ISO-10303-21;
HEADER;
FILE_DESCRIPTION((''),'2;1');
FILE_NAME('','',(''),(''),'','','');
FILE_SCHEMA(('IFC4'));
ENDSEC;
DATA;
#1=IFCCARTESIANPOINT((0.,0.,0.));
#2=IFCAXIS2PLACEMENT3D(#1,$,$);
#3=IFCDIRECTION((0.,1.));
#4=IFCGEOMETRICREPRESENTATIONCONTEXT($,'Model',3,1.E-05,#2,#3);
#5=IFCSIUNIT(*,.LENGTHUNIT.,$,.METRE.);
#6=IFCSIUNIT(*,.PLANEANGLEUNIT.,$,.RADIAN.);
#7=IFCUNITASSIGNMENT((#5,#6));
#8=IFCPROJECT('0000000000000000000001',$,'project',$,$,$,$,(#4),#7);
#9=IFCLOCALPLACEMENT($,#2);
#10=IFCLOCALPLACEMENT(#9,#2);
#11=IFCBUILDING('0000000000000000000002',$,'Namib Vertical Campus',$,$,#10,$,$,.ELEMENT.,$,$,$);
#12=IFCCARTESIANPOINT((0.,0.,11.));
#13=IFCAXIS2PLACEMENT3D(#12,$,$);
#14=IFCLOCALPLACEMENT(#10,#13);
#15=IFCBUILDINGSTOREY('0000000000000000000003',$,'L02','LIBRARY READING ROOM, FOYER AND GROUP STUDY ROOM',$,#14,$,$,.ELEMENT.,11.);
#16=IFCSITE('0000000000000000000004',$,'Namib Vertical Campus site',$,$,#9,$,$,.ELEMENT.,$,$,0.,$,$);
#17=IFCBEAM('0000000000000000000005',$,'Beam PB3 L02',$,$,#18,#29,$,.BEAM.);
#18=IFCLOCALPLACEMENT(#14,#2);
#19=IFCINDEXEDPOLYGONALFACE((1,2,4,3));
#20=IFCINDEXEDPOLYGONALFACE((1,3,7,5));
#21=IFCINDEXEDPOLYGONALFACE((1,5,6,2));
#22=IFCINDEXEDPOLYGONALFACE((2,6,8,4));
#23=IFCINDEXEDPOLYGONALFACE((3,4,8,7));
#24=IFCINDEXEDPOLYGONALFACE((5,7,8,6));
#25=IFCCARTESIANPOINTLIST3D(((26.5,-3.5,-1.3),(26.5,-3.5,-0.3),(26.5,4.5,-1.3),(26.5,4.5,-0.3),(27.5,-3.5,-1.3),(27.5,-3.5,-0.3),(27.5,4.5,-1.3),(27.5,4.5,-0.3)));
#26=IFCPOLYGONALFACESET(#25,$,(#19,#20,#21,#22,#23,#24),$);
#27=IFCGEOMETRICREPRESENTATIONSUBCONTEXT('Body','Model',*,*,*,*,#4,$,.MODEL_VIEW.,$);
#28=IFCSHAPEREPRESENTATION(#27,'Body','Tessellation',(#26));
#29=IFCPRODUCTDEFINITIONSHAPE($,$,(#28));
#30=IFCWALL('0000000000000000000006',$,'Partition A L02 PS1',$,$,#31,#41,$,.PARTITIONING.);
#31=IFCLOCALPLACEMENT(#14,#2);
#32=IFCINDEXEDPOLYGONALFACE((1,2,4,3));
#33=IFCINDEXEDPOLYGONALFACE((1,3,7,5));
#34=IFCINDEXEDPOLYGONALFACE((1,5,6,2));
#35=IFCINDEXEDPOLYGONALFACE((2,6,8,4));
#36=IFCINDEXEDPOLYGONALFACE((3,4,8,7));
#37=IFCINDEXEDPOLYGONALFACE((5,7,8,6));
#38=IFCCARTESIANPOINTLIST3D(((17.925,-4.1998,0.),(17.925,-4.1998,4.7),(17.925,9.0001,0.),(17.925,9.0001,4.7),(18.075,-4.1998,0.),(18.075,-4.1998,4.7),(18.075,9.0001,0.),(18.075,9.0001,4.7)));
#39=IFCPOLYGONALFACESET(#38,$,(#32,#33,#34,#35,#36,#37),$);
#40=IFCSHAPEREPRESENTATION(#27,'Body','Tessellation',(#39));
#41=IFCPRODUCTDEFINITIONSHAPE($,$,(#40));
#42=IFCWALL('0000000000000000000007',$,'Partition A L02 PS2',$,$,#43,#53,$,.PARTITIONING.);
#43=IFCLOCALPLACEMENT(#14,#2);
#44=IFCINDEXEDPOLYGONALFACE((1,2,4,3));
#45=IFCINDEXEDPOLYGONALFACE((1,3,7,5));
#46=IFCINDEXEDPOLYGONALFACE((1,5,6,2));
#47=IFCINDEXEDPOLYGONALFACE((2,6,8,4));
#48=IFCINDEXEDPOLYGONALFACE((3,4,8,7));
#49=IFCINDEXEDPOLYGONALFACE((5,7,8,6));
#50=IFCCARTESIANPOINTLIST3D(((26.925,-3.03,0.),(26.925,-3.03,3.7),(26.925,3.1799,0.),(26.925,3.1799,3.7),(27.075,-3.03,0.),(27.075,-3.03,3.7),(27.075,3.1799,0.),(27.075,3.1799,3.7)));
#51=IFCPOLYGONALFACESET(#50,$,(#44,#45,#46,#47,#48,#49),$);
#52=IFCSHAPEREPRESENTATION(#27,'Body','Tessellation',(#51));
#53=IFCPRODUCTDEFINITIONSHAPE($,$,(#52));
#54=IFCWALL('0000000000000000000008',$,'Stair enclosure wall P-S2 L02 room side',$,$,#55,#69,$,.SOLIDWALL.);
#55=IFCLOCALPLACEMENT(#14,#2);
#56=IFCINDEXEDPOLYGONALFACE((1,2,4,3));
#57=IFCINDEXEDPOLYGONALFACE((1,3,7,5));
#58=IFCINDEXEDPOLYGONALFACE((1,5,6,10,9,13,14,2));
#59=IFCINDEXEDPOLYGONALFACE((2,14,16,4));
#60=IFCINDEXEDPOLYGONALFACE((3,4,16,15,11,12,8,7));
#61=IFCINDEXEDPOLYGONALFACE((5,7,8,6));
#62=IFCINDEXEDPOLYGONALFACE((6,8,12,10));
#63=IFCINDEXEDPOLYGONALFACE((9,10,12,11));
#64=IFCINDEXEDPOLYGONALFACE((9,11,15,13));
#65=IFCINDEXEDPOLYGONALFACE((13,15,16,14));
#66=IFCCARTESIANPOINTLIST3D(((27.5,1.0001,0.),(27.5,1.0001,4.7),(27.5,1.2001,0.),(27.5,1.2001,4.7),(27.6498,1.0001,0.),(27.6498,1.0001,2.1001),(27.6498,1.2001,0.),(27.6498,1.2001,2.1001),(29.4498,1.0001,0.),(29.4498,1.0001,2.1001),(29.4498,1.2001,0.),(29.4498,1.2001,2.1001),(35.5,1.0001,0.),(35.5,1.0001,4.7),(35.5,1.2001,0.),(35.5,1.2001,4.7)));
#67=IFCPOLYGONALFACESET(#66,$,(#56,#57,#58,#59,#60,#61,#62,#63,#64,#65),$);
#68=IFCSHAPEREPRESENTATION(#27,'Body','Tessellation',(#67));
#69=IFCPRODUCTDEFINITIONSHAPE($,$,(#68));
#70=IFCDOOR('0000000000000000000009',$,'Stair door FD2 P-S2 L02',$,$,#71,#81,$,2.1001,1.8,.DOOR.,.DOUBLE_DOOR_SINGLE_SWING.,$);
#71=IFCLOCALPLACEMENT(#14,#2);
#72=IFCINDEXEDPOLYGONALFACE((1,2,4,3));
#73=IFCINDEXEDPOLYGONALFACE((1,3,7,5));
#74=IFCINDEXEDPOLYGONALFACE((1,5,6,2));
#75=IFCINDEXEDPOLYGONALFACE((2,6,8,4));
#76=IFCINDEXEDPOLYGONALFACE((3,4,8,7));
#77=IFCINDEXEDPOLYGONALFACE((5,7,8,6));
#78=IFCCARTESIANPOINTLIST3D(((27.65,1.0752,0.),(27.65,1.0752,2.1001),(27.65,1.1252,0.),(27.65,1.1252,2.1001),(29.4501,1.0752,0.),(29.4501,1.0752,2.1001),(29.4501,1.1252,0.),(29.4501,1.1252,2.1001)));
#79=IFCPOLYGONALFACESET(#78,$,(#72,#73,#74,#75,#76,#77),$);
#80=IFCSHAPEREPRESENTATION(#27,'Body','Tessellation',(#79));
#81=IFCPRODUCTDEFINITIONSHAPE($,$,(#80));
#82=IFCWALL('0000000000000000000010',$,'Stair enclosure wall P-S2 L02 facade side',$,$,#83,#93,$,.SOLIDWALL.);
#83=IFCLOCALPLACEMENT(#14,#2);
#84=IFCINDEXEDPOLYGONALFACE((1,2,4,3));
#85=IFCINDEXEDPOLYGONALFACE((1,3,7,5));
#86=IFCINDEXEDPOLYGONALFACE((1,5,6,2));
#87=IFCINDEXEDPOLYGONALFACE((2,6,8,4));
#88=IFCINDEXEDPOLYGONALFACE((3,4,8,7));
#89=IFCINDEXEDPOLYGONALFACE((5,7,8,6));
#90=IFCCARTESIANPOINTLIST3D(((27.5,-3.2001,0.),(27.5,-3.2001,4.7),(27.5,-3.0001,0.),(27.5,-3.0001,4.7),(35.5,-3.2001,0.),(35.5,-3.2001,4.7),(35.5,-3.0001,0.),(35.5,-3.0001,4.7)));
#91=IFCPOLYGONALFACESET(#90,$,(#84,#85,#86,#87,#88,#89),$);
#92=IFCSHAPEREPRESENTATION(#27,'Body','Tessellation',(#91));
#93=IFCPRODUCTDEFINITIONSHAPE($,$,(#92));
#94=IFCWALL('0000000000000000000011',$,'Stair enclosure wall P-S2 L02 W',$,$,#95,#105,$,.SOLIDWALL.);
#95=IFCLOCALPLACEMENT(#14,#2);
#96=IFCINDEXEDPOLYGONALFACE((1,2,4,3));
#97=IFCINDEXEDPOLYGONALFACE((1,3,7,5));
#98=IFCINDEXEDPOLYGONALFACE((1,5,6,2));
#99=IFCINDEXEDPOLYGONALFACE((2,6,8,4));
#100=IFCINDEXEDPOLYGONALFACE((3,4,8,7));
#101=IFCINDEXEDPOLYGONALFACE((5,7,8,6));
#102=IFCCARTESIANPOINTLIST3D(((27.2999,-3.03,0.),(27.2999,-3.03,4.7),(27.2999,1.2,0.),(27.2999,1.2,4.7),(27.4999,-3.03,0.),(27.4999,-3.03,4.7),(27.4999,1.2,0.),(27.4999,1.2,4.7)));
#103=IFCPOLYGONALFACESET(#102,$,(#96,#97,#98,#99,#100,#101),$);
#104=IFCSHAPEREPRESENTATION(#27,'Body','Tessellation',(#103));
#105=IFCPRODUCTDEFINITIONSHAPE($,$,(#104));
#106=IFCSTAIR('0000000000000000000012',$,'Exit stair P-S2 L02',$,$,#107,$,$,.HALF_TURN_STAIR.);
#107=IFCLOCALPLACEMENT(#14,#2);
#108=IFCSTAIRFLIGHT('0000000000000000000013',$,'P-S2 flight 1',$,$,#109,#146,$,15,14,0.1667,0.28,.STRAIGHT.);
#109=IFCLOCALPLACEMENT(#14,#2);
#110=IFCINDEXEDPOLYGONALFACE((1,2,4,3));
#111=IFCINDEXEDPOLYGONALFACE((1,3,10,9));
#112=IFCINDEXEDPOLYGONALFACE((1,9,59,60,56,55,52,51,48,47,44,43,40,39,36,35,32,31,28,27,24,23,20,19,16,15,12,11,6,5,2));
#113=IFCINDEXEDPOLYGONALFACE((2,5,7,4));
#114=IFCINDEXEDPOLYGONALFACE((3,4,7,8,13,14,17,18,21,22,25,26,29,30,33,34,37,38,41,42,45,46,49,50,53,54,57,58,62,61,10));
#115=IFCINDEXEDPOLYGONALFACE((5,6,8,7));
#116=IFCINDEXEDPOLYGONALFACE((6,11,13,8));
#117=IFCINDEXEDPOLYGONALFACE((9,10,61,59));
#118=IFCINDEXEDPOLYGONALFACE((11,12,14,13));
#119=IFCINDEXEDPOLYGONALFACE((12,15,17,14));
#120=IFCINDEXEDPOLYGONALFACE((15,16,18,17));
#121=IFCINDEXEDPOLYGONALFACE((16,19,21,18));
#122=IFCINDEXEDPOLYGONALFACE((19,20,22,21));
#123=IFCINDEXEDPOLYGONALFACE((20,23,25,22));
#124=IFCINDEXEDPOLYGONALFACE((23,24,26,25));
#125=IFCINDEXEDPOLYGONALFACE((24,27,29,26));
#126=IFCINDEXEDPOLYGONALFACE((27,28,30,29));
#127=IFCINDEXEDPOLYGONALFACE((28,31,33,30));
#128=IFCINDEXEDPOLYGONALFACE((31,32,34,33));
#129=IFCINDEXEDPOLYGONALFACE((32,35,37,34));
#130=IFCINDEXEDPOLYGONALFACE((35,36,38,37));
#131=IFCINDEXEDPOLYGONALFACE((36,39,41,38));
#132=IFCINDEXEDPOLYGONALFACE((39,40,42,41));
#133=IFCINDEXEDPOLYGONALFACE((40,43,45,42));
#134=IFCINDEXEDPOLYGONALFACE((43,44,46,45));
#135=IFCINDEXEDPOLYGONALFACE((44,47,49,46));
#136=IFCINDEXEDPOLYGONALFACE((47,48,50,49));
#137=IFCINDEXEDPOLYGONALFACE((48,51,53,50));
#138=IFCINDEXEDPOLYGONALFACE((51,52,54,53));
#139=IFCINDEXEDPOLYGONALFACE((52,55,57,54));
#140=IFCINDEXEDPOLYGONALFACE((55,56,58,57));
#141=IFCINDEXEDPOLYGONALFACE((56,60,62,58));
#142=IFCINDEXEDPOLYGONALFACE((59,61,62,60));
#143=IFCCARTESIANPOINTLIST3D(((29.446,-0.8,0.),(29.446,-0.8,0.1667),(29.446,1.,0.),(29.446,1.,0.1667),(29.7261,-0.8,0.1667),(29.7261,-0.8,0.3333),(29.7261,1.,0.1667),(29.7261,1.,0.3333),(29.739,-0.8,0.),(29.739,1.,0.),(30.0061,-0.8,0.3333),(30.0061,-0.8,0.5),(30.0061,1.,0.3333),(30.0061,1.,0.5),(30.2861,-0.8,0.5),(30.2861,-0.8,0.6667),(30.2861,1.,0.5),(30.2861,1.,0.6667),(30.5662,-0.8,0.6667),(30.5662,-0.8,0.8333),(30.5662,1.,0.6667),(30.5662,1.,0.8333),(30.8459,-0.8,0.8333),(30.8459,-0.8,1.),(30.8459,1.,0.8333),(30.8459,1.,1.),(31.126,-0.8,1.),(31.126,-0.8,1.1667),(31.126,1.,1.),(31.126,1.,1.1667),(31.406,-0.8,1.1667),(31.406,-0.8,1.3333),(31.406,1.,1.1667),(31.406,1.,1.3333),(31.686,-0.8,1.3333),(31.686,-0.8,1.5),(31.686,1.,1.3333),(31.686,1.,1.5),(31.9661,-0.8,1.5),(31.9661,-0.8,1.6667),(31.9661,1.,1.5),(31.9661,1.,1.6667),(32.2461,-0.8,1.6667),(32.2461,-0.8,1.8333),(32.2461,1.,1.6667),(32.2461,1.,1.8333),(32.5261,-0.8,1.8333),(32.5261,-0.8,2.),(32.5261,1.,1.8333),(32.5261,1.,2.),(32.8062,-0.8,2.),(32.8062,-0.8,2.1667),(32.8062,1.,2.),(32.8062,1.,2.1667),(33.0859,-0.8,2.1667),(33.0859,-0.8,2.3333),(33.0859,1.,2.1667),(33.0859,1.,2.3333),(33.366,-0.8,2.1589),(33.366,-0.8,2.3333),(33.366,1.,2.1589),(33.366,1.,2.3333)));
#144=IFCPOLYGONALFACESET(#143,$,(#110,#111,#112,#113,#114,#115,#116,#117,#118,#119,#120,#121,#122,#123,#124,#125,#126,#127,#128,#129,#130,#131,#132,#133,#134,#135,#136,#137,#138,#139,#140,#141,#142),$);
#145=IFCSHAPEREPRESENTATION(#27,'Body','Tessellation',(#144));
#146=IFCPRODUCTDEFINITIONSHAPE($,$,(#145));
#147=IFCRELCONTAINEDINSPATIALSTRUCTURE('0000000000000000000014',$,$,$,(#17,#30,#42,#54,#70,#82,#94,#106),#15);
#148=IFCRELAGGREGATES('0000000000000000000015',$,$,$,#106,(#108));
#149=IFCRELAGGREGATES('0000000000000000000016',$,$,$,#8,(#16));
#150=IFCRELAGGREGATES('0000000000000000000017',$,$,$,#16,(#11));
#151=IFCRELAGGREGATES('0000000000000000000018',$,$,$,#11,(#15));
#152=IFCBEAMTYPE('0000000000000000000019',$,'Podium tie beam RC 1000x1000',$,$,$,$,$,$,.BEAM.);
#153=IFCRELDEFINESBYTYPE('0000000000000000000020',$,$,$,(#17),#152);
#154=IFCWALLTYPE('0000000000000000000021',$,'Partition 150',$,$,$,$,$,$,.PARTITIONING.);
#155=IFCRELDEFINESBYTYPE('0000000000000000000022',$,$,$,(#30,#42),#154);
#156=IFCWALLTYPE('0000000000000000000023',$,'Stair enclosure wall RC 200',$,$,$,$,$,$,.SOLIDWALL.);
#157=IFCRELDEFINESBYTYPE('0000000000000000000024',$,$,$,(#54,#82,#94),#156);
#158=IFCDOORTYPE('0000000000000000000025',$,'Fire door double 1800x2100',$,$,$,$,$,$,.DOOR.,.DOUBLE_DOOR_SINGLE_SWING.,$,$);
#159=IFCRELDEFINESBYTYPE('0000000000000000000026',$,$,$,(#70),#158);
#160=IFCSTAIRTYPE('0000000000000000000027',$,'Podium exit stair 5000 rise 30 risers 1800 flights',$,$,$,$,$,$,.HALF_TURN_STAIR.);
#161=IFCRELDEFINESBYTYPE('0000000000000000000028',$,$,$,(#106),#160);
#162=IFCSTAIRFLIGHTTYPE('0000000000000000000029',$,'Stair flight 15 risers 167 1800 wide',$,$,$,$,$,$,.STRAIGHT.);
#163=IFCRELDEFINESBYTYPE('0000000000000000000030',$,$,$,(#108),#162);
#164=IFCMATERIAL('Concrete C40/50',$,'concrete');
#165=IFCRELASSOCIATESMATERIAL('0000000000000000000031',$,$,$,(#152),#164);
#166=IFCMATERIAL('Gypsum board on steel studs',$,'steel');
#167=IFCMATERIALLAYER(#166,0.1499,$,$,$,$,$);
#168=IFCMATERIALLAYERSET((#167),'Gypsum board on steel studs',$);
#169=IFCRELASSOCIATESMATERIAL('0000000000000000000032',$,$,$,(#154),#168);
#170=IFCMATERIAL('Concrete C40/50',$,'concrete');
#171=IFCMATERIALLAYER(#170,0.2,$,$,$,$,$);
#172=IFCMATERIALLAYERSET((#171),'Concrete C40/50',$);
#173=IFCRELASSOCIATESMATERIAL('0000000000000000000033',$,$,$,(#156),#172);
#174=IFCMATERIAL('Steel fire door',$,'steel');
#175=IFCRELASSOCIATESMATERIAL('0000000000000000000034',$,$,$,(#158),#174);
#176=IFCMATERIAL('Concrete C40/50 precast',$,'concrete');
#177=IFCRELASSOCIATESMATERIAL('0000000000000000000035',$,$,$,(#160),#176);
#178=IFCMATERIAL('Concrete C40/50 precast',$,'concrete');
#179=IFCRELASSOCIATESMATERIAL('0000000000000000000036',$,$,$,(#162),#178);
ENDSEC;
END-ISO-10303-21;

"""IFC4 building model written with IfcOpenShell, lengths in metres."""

from ifc_helpers import new_model, si_unit, direction, frame, frame_2d, origin, origin_2d, place, context, subcontext, project, spatial, polyline, rectangle, outline, extrude, material, layer, layer_set, material_profile, profile_set, type_object, element, fill, aggregate, save


model = new_model("IFC4")

# Units and contexts
model_context = context("Model", 3, precision=1e-05, world=origin(), true_north=direction((0.0, 1.0)))
body_context = subcontext(model_context, "Body", "Model", "MODEL_VIEW")
ifc_project = project(units=[si_unit("LENGTHUNIT", "METRE"), si_unit("PLANEANGLEUNIT", "RADIAN")], contexts=[model_context])

# Site, building, storey
site_placement = place(None, origin())
site = spatial("IfcSite", under=ifc_project, at=site_placement, Name="Namib Vertical Campus site", CompositionType="ELEMENT", RefElevation=0.0)
building_placement = place(site_placement, origin())
building = spatial("IfcBuilding", under=site, at=building_placement, Name="Namib Vertical Campus", CompositionType="ELEMENT")
storey_placement = place(building_placement, frame((0.0, 0.0, 11.0)))
storey = spatial("IfcBuildingStorey", under=building, at=storey_placement, Name="L02", Description="LIBRARY READING ROOM, FOYER AND GROUP STUDY ROOM", CompositionType="ELEMENT", Elevation=11.0)

# Beam
ifc_material_1 = material(Name="Concrete C40/50", Category="concrete")
ifc_material_profile_1 = material_profile(ifc_material_1, rectangle(XDim=1.0, YDim=1.0, at=origin_2d()))
ifc_profile_set_1 = profile_set([ifc_material_profile_1], Name="Concrete C40/50")
beam_type_1 = type_object("IfcBeamType", Name="Podium tie beam RC 1000x1000", PredefinedType="BEAM", material=ifc_profile_set_1)
beam_1_placement = place(storey_placement, frame((27.0, -3.5, -0.8), z_axis=(0.0, 1.0, 0.0), x_axis=(-1.0, 0.0, 0.0)))
element("IfcBeam", 1, at=beam_1_placement, inside=storey, type_object=beam_type_1, Name="Beam PB3 L02", PredefinedType="BEAM", context=body_context, shape_type="SweptSolid", body=[
    extrude(rectangle(XDim=1.0, YDim=1.0, at=origin_2d()), origin(), (0.0, 0.0, 1.0), 8.0),
])

# Walls
ifc_material_2 = material(Name="Gypsum board on steel studs", Category="steel")
ifc_layer_1 = layer(ifc_material_2, 0.1499)
ifc_layer_set_1 = layer_set([ifc_layer_1], Name="Gypsum board on steel studs")
wall_type_1 = type_object("IfcWallType", Name="Partition 150", PredefinedType="PARTITIONING", material=ifc_layer_set_1)
wall_1_placement = place(storey_placement, frame((18.0, -4.2, 0.0), z_axis=(0.0, 0.0, 1.0), x_axis=(0.0, 1.0, 0.0)))
element("IfcWall", 2, at=wall_1_placement, inside=storey, type_object=wall_type_1, Name="Partition A L02 PS1", PredefinedType="PARTITIONING", context=body_context, shape_type="SweptSolid", body=[
    extrude(rectangle(XDim=13.2, YDim=0.1499, at=frame_2d((6.6001, 0.0))), origin(), (0.0, 0.0, 1.0), 4.7),
])
wall_2_placement = place(storey_placement, frame((27.0, -3.03, 0.0), z_axis=(0.0, 0.0, 1.0), x_axis=(0.0, 1.0, 0.0)))
element("IfcWall", 3, at=wall_2_placement, inside=storey, type_object=wall_type_1, Name="Partition A L02 PS2", PredefinedType="PARTITIONING", context=body_context, shape_type="SweptSolid", body=[
    extrude(rectangle(XDim=6.21, YDim=0.1499, at=frame_2d((3.105, 0.0))), origin(), (0.0, 0.0, 1.0), 3.7),
])

# Wall, opening, door
ifc_material_3 = material(Name="Concrete C40/50", Category="concrete")
ifc_layer_2 = layer(ifc_material_3, 0.2)
ifc_layer_set_2 = layer_set([ifc_layer_2], Name="Concrete C40/50")
wall_type_2 = type_object("IfcWallType", Name="Stair enclosure wall RC 200", PredefinedType="SOLIDWALL", material=ifc_layer_set_2)
wall_3_placement = place(storey_placement, frame((27.5, 1.1001, 0.0), z_axis=(0.0, 0.0, 1.0), x_axis=(1.0, 0.0, 0.0)))
wall_3 = element("IfcWall", 4, at=wall_3_placement, inside=storey, type_object=wall_type_2, Name="Stair enclosure wall P-S2 L02 room side", PredefinedType="SOLIDWALL", context=body_context, shape_type="SweptSolid", body=[
    extrude(rectangle(XDim=8.0, YDim=0.2, at=frame_2d((4.0, 0.0))), origin(), (0.0, 0.0, 1.0), 4.7),
])
opening_placement = place(wall_3_placement, frame((0.1499, 0.0, 0.0)))
opening = element("IfcOpeningElement", 5, at=opening_placement, cuts=wall_3, PredefinedType="OPENING", context=body_context, shape_type="SweptSolid", body=[
    extrude(rectangle(XDim=1.8, YDim=2.1001, at=frame_2d((0.8999, 1.05))), frame((0.0, 0.1099, 0.0), z_axis=(0.0, -1.0, 0.0), x_axis=(1.0, 0.0, 0.0)), (0.0, 0.0, 1.0), 0.22),
])
ifc_material_4 = material(Name="Steel fire door", Category="steel")
door_type = type_object("IfcDoorType", Name="Fire door double 1800x2100", OperationType="DOUBLE_DOOR_SINGLE_SWING", PredefinedType="DOOR", material=ifc_material_4)
door_placement = place(opening_placement, frame((1.8, 0.0, 0.0), z_axis=(0.0, 0.0, 1.0), x_axis=(-1.0, 0.0, 0.0)))
door = element("IfcDoor", 6, at=door_placement, inside=storey, type_object=door_type, Name="Stair door FD2 P-S2 L02", OperationType="DOUBLE_DOOR_SINGLE_SWING", OverallHeight=2.1001, OverallWidth=1.8, PredefinedType="DOOR", context=body_context, shape_type="SweptSolid", body=[
    extrude(rectangle(XDim=1.8, YDim=2.1001, at=frame_2d((0.8999, 1.05))), frame((0.0, 0.0249, 0.0), z_axis=(0.0, -1.0, 0.0), x_axis=(1.0, 0.0, 0.0)), (0.0, 0.0, 1.0), 0.05),
])
fill(opening, door)

# Walls
wall_4_placement = place(storey_placement, frame((27.5, -3.1001, 0.0), z_axis=(0.0, 0.0, 1.0), x_axis=(1.0, 0.0, 0.0)))
element("IfcWall", 7, at=wall_4_placement, inside=storey, type_object=wall_type_2, Name="Stair enclosure wall P-S2 L02 facade side", PredefinedType="SOLIDWALL", context=body_context, shape_type="SweptSolid", body=[
    extrude(rectangle(XDim=8.0, YDim=0.2, at=frame_2d((4.0, 0.0))), origin(), (0.0, 0.0, 1.0), 4.7),
])
wall_5_placement = place(storey_placement, frame((27.3999, -3.03, 0.0), z_axis=(0.0, 0.0, 1.0), x_axis=(0.0, 1.0, 0.0)))
element("IfcWall", 8, at=wall_5_placement, inside=storey, type_object=wall_type_2, Name="Stair enclosure wall P-S2 L02 W", PredefinedType="SOLIDWALL", context=body_context, shape_type="SweptSolid", body=[
    extrude(rectangle(XDim=4.23, YDim=0.2, at=frame_2d((2.115, 0.0))), origin(), (0.0, 0.0, 1.0), 4.7),
])

# Stair, stair flight
ifc_material_5 = material(Name="Concrete C40/50 precast", Category="concrete")
stair_type = type_object("IfcStairType", Name="Podium exit stair 5000 rise 30 risers 1800 flights", PredefinedType="HALF_TURN_STAIR", material=ifc_material_5)
stair_placement = place(storey_placement, origin())
stair = element("IfcStair", 9, at=stair_placement, inside=storey, type_object=stair_type, Name="Exit stair P-S2 L02", PredefinedType="HALF_TURN_STAIR")
ifc_material_6 = material(Name="Concrete C40/50 precast", Category="concrete")
stair_flight_type = type_object("IfcStairFlightType", Name="Stair flight 15 risers 167 1800 wide", PredefinedType="STRAIGHT", material=ifc_material_6)
stair_flight_placement = place(storey_placement, frame((29.446, 0.1001, 0.0), z_axis=(0.0, 0.0, 1.0), x_axis=(1.0, 0.0, 0.0)))
stair_flight = element("IfcStairFlight", 10, at=stair_flight_placement, type_object=stair_flight_type, Name="P-S2 flight 1", NumberOfRisers=15, NumberOfTreads=14, PredefinedType="STRAIGHT", RiserHeight=0.1667, TreadLength=0.28, context=body_context, shape_type="SweptSolid", body=[
    extrude(outline(polyline([(0.0, 0.0), (0.0, 0.1667), (0.28, 0.1667), (0.28, 0.3333), (0.5601, 0.3333), (0.5601, 0.5), (0.8401, 0.5), (0.8401, 0.6667), (1.1201, 0.6667), (1.1201, 0.8333), (1.3999, 0.8333), (1.3999, 1.0), (1.6799, 1.0), (1.6799, 1.1667), (1.96, 1.1667), (1.96, 1.3333), (2.24, 1.3333), (2.24, 1.5), (2.52, 1.5), (2.52, 1.6667), (2.8, 1.6667), (2.8, 1.8333), (3.0801, 1.8333), (3.0801, 2.0), (3.3601, 2.0), (3.3601, 2.1667), (3.6399, 2.1667), (3.6399, 2.3333), (3.9199, 2.3333), (3.9199, 2.5), (3.9199, 2.1589), (0.293, 0.0), (0.0, 0.0)])), frame((0.0, 0.8999, 0.0), z_axis=(0.0, -1.0, 0.0), x_axis=(1.0, 0.0, 0.0)), (0.0, 0.0, 1.0), 1.8),
])
aggregate(stair, [stair_flight])

save(model, "model.ifc")
